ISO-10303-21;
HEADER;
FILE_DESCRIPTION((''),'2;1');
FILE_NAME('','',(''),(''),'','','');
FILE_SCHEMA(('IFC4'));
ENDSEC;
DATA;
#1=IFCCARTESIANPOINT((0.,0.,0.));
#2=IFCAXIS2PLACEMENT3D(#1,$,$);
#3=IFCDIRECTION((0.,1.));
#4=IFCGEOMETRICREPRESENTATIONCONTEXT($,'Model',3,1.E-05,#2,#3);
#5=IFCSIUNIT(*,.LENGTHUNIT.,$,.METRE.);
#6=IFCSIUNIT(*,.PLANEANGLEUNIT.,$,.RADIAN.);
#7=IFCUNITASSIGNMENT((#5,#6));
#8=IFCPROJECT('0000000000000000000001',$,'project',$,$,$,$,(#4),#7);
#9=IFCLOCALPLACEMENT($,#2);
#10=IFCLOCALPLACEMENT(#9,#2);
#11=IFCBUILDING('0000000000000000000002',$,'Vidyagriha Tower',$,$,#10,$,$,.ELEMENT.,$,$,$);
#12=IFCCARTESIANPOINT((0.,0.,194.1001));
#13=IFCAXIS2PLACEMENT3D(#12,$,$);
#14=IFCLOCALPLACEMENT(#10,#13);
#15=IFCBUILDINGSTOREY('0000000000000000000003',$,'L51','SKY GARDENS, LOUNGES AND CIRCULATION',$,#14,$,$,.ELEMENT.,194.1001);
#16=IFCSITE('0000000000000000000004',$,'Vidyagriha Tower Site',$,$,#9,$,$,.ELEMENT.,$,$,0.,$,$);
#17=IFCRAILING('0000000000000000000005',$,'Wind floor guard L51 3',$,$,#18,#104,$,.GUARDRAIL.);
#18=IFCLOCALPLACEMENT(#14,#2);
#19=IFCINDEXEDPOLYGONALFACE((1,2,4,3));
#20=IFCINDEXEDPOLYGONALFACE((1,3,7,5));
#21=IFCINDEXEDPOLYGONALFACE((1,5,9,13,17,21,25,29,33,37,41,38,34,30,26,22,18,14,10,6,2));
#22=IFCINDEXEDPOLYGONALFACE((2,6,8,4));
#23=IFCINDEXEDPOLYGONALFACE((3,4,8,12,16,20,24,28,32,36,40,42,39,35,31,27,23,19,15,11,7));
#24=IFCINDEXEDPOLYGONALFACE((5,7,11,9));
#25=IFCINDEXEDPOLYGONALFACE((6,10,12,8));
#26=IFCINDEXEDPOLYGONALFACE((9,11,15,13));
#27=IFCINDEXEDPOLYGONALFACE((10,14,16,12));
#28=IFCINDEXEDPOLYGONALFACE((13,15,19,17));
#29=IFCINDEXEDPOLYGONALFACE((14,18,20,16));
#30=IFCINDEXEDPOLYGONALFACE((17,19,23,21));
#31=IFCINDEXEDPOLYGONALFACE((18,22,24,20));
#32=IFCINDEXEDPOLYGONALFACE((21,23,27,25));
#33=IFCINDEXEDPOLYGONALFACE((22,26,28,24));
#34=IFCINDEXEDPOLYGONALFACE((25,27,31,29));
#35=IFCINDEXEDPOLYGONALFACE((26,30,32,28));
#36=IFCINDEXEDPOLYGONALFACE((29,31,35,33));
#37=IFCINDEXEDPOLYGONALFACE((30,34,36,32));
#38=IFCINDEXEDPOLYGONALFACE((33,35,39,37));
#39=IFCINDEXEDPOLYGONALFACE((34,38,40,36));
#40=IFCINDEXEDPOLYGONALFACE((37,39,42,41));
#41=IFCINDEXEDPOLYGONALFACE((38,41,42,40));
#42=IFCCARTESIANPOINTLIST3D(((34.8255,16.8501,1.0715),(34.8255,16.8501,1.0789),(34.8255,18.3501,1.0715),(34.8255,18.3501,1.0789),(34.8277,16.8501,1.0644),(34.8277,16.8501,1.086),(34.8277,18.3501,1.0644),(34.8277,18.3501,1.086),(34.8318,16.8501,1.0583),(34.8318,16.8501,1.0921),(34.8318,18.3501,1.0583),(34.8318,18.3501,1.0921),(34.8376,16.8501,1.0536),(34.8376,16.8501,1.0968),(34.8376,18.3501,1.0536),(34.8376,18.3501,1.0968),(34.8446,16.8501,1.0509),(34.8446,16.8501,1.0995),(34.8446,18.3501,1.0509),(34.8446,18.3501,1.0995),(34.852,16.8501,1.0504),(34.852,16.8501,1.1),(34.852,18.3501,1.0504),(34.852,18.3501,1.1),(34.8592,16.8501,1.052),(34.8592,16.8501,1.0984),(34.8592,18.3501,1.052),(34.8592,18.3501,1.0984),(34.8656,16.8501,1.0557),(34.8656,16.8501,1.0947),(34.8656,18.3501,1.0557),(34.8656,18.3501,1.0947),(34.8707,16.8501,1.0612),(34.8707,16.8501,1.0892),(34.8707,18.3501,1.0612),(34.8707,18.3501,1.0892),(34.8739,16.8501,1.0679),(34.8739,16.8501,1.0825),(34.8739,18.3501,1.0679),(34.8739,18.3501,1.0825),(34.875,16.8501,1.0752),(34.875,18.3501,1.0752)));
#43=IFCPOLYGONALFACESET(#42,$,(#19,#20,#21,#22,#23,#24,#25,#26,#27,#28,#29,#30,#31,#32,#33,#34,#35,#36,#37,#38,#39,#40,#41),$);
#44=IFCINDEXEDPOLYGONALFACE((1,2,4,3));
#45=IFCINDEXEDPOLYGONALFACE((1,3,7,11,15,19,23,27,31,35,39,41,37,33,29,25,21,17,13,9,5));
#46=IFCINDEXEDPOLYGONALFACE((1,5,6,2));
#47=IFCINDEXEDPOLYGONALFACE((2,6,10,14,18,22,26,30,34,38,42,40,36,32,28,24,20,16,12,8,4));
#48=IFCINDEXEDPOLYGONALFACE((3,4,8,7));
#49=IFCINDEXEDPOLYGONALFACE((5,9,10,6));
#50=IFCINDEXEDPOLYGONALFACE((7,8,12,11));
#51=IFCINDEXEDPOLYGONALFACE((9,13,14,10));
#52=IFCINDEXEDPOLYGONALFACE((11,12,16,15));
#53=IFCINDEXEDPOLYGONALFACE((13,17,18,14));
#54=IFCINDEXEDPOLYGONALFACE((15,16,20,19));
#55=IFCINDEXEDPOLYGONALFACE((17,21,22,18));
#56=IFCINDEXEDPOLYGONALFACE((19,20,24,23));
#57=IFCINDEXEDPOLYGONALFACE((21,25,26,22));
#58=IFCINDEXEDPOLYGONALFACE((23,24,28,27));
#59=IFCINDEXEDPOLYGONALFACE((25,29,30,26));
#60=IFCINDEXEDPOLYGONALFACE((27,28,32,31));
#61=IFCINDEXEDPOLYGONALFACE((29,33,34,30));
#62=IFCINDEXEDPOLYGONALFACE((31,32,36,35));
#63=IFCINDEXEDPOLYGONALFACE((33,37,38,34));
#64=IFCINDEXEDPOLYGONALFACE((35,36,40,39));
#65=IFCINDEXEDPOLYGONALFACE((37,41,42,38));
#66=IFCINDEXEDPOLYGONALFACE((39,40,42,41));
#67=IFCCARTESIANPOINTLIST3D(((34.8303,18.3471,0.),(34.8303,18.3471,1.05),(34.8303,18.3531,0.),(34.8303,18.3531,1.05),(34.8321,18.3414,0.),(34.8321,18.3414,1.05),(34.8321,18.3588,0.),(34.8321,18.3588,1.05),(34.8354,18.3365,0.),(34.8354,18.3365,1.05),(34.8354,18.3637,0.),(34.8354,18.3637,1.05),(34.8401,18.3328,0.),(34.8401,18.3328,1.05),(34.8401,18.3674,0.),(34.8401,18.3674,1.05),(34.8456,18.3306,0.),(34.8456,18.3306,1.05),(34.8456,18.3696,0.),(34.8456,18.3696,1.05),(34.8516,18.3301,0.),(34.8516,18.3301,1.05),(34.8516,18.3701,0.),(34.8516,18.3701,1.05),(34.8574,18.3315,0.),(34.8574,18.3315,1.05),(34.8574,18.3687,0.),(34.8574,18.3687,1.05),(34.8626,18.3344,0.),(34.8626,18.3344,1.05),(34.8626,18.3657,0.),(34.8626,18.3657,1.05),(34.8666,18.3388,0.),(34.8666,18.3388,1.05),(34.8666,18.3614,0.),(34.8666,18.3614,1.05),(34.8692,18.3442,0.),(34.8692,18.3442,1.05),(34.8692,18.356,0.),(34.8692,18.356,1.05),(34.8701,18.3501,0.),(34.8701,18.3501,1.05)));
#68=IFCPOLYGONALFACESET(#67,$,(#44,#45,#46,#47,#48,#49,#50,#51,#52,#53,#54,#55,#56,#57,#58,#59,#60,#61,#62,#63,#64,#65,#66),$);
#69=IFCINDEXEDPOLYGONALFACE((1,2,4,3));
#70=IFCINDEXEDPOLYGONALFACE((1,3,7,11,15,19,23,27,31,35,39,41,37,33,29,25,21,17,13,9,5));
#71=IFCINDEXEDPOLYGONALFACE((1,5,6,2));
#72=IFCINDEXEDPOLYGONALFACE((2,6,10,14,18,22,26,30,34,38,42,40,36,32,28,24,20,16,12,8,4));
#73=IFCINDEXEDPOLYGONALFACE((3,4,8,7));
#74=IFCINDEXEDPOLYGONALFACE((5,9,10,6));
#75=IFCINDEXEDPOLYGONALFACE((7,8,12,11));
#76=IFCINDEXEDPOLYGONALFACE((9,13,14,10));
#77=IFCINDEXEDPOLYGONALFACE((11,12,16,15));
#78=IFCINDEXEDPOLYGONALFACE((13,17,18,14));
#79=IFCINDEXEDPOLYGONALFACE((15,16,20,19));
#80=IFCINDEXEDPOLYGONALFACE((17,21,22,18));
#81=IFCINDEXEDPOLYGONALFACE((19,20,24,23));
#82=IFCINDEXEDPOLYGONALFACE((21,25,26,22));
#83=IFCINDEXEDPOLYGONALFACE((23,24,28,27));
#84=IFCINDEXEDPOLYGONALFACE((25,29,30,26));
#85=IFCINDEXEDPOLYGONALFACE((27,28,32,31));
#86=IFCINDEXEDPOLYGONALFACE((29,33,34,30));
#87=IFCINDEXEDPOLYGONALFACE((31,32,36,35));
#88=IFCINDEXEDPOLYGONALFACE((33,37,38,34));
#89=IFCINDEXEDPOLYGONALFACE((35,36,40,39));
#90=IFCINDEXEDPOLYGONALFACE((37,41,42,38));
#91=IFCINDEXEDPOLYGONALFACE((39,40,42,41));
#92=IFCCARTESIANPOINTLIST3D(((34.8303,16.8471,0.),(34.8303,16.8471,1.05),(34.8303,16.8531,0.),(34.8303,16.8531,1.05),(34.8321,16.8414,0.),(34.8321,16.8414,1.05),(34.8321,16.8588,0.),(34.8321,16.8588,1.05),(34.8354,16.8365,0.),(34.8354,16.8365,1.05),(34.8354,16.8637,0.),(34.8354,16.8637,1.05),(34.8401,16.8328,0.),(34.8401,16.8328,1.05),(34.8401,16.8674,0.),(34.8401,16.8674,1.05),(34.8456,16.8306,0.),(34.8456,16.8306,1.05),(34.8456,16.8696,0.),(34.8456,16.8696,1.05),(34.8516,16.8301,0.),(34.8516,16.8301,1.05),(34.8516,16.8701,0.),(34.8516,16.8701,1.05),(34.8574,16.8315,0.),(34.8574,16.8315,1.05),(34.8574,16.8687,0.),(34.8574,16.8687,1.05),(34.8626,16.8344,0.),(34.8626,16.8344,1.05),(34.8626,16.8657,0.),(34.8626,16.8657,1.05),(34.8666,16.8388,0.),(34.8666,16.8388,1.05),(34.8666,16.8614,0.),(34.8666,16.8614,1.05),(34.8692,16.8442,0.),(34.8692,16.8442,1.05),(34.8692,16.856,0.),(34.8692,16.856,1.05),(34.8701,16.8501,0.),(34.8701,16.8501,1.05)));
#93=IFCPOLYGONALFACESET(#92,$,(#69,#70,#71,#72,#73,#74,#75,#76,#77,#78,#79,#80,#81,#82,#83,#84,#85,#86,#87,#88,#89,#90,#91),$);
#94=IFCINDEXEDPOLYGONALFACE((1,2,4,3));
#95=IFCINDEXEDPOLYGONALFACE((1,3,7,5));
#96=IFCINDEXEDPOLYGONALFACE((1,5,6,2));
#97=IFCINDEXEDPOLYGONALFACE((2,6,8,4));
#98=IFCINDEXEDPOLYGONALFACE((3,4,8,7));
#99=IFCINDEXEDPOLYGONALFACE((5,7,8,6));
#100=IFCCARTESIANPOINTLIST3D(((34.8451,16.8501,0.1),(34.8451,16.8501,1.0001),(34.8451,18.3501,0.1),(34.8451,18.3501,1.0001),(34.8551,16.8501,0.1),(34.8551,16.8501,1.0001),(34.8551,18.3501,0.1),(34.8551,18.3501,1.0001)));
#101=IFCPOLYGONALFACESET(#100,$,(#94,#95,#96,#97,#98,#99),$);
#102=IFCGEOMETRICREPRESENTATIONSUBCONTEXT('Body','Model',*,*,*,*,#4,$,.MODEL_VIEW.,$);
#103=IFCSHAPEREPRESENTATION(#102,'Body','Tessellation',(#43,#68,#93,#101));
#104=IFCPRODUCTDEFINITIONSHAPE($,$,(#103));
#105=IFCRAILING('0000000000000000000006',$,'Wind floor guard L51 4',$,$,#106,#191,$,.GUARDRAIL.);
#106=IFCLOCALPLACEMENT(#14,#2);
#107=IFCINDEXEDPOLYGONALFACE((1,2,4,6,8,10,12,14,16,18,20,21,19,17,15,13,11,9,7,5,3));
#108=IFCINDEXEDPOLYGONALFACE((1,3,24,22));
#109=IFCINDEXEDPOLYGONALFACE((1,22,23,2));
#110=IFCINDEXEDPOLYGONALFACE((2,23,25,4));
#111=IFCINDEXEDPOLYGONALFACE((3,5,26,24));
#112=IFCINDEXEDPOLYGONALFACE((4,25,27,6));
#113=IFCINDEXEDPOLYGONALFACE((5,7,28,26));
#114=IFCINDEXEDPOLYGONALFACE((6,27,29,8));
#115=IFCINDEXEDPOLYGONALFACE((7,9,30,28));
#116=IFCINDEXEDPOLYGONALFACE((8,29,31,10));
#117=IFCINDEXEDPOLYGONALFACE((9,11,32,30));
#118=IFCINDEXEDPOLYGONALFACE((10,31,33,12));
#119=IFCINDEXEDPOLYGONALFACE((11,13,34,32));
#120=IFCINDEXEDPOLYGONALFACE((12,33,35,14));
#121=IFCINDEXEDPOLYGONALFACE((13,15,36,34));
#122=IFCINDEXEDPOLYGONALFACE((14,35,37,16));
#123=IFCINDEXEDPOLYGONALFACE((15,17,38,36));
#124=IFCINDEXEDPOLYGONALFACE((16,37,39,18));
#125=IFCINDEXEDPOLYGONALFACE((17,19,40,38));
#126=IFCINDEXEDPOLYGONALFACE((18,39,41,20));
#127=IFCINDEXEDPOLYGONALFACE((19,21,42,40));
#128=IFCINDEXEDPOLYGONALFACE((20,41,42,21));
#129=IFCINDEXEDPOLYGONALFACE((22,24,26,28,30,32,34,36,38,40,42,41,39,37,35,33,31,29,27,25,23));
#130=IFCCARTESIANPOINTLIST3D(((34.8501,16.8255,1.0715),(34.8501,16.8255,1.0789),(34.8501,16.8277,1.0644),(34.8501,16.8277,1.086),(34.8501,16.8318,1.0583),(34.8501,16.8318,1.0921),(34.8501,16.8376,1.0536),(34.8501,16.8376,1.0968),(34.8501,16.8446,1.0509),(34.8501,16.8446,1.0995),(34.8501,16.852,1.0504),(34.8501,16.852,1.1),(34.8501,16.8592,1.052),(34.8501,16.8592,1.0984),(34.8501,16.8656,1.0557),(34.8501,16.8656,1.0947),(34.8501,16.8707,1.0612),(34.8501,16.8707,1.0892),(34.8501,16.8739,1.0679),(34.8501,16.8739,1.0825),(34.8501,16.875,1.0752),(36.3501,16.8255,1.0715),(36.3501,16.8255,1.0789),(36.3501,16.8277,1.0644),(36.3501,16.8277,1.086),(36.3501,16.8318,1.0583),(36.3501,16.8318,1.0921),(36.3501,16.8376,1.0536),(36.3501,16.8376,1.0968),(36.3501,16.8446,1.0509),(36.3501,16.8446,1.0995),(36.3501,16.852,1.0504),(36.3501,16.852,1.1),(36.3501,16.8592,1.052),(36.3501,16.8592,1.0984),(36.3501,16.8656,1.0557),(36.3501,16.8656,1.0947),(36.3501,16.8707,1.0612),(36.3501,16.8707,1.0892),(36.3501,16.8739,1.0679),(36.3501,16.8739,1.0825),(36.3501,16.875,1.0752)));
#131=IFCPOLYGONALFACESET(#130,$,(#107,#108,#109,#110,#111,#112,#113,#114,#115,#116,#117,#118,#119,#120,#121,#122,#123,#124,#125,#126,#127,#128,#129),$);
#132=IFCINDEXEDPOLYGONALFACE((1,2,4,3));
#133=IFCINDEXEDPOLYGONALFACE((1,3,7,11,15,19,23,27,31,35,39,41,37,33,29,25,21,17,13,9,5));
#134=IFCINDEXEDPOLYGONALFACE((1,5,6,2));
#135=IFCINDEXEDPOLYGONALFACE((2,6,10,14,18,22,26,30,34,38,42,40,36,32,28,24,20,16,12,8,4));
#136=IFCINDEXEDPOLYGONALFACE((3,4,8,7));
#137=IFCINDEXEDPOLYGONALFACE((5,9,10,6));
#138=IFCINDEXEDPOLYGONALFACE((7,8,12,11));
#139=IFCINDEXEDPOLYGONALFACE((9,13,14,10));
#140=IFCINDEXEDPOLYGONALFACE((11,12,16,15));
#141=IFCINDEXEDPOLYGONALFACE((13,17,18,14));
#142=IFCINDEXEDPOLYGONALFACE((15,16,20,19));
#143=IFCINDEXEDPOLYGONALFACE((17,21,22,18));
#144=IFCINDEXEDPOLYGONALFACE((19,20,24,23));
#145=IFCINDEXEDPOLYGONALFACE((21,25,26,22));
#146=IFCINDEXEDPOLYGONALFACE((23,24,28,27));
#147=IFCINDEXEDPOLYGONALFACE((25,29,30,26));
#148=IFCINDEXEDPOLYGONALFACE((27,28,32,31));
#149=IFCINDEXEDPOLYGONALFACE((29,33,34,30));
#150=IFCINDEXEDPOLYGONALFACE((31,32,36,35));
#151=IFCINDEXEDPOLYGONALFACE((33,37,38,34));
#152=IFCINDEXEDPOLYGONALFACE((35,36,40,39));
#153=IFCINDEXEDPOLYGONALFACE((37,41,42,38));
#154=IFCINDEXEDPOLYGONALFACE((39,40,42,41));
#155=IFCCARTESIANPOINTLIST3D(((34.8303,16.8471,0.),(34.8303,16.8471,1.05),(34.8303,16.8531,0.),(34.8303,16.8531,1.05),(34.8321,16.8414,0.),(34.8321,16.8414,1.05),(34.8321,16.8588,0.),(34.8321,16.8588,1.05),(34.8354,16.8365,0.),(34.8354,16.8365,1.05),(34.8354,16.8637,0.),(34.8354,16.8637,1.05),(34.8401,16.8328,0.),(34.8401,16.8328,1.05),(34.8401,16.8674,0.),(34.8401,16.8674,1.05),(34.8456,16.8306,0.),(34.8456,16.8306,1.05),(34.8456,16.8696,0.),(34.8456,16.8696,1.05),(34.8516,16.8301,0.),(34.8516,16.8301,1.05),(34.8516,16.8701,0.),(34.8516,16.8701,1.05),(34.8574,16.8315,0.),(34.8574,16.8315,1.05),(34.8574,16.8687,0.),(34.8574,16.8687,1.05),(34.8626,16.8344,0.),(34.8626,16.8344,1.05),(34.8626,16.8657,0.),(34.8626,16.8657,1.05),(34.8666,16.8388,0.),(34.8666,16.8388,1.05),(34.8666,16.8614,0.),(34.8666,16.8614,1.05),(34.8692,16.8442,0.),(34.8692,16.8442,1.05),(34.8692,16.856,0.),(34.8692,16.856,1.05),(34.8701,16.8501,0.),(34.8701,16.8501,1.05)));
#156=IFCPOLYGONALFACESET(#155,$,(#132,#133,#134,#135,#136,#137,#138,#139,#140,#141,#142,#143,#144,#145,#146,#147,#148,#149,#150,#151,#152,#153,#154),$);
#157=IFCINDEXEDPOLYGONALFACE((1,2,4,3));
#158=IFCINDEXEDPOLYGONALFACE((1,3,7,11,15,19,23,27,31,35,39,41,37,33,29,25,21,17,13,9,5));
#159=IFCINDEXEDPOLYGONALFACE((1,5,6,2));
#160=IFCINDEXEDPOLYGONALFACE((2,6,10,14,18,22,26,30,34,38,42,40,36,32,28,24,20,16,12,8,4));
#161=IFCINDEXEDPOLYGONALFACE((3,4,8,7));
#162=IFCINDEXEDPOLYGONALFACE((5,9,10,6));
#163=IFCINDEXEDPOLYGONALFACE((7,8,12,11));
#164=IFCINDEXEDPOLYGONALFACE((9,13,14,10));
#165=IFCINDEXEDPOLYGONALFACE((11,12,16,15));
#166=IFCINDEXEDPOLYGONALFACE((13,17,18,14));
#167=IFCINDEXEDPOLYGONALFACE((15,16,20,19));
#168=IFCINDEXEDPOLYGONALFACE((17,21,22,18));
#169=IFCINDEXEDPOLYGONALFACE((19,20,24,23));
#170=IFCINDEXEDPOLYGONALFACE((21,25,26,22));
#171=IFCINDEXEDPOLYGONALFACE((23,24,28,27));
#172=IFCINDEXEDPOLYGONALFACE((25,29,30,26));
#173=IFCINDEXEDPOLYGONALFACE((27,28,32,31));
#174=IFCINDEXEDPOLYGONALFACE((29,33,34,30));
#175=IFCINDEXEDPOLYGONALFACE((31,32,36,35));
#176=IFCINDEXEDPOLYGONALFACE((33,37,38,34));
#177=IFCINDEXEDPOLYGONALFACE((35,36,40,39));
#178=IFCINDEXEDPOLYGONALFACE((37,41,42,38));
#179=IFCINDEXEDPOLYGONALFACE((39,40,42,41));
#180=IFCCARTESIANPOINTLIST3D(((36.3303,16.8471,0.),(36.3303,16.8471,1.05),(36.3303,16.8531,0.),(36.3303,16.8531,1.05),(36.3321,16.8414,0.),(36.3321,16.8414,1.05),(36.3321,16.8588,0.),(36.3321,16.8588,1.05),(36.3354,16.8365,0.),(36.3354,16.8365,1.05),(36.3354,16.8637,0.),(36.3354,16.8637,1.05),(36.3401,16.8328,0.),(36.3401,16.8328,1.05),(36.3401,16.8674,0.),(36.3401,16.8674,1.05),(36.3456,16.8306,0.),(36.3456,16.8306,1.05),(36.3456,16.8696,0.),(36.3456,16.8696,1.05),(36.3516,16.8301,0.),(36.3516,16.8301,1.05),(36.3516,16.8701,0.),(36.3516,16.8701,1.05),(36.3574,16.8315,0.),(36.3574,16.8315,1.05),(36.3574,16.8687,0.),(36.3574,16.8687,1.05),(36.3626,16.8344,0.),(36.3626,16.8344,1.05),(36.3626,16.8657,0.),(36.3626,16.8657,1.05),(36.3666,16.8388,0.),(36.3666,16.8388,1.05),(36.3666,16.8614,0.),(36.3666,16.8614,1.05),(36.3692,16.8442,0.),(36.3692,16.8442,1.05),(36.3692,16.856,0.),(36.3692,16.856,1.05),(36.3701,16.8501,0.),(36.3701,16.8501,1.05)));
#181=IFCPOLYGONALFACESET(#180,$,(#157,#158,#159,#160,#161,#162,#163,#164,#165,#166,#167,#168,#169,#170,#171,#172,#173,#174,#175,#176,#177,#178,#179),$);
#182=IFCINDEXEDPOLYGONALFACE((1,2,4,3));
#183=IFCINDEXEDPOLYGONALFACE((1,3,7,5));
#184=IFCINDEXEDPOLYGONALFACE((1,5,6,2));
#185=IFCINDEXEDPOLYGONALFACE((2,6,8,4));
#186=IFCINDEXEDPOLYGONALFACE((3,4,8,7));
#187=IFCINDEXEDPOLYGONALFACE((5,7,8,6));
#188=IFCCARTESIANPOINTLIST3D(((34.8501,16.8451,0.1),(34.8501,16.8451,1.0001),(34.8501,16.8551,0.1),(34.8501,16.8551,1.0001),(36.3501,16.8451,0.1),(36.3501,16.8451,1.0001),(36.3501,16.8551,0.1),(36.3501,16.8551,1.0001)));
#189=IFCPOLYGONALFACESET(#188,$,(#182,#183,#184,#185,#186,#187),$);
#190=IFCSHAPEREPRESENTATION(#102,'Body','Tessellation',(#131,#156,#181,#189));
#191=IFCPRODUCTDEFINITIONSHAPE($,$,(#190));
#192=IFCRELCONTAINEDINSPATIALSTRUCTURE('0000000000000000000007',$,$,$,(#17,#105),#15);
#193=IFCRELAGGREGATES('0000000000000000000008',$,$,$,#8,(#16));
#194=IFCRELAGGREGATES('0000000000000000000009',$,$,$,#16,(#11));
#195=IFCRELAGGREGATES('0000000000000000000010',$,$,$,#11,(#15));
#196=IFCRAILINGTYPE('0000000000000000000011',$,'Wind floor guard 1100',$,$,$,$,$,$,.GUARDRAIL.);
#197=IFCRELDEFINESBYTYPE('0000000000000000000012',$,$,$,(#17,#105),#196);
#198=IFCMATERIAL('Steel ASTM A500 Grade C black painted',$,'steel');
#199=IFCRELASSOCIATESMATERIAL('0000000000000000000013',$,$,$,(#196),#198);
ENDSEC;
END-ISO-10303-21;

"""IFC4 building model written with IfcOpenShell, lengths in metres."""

from ifc_helpers import new_model, si_unit, direction, frame, origin, origin_2d, place, context, subcontext, project, spatial, rectangle, circle, extrude, material, type_object, element, save


model = new_model("IFC4")

# Units and contexts
model_context = context("Model", 3, precision=1e-05, world=origin(), true_north=direction((0.0, 1.0)))
body_context = subcontext(model_context, "Body", "Model", "MODEL_VIEW")
ifc_project = project(units=[si_unit("LENGTHUNIT", "METRE"), si_unit("PLANEANGLEUNIT", "RADIAN")], contexts=[model_context])

# Site, building, storey
site_placement = place(None, origin())
site = spatial("IfcSite", under=ifc_project, at=site_placement, Name="Vidyagriha Tower Site", CompositionType="ELEMENT", RefElevation=0.0)
building_placement = place(site_placement, origin())
building = spatial("IfcBuilding", under=site, at=building_placement, Name="Vidyagriha Tower", CompositionType="ELEMENT")
storey_placement = place(building_placement, frame((0.0, 0.0, 194.1001)))
storey = spatial("IfcBuildingStorey", under=building, at=storey_placement, Name="L51", Description="SKY GARDENS, LOUNGES AND CIRCULATION", CompositionType="ELEMENT", Elevation=194.1001)

# Railings
ifc_material_1 = material(Name="Steel ASTM A500 Grade C black painted", Category="steel")
railing_type_1 = type_object("IfcRailingType", Name="Wind floor guard 1100", PredefinedType="GUARDRAIL", material=ifc_material_1)
railing_1_placement = place(storey_placement, frame((34.8501, 18.3501, 0.0)))
element("IfcRailing", 1, at=railing_1_placement, inside=storey, type_object=railing_type_1, Name="Wind floor guard L51 3", PredefinedType="GUARDRAIL", context=body_context, shape_type="SweptSolid", body=[
    extrude(circle(Radius=0.0249, at=origin_2d()), frame((0.0, 0.0, 1.0752), z_axis=(0.0, -1.0, 0.0), x_axis=(1.0, 0.0, 0.0)), (0.0, 0.0, 1.0), 1.5),
    extrude(circle(Radius=0.02, at=origin_2d()), origin(), (0.0, 0.0, 1.0), 1.05),
    extrude(circle(Radius=0.02, at=origin_2d()), frame((0.0, -1.5, 0.0)), (0.0, 0.0, 1.0), 1.05),
    extrude(rectangle(XDim=0.01, YDim=0.9001, at=origin_2d()), frame((0.0, 0.0, 0.55), z_axis=(0.0, -1.0, 0.0), x_axis=(1.0, 0.0, 0.0)), (0.0, 0.0, 1.0), 1.5),
])
railing_2_placement = place(storey_placement, frame((34.8501, 16.8501, 0.0)))
element("IfcRailing", 2, at=railing_2_placement, inside=storey, type_object=railing_type_1, Name="Wind floor guard L51 4", PredefinedType="GUARDRAIL", context=body_context, shape_type="SweptSolid", body=[
    extrude(circle(Radius=0.0249, at=origin_2d()), frame((0.0, 0.0, 1.0752), z_axis=(1.0, 0.0, 0.0), x_axis=(0.0, 1.0, 0.0)), (0.0, 0.0, 1.0), 1.5),
    extrude(circle(Radius=0.02, at=origin_2d()), origin(), (0.0, 0.0, 1.0), 1.05),
    extrude(circle(Radius=0.02, at=origin_2d()), frame((1.5, 0.0, 0.0)), (0.0, 0.0, 1.0), 1.05),
    extrude(rectangle(XDim=0.01, YDim=0.9001, at=origin_2d()), frame((0.0, 0.0, 0.55), z_axis=(1.0, 0.0, 0.0), x_axis=(0.0, 1.0, 0.0)), (0.0, 0.0, 1.0), 1.5),
])

save(model, "model.ifc")
